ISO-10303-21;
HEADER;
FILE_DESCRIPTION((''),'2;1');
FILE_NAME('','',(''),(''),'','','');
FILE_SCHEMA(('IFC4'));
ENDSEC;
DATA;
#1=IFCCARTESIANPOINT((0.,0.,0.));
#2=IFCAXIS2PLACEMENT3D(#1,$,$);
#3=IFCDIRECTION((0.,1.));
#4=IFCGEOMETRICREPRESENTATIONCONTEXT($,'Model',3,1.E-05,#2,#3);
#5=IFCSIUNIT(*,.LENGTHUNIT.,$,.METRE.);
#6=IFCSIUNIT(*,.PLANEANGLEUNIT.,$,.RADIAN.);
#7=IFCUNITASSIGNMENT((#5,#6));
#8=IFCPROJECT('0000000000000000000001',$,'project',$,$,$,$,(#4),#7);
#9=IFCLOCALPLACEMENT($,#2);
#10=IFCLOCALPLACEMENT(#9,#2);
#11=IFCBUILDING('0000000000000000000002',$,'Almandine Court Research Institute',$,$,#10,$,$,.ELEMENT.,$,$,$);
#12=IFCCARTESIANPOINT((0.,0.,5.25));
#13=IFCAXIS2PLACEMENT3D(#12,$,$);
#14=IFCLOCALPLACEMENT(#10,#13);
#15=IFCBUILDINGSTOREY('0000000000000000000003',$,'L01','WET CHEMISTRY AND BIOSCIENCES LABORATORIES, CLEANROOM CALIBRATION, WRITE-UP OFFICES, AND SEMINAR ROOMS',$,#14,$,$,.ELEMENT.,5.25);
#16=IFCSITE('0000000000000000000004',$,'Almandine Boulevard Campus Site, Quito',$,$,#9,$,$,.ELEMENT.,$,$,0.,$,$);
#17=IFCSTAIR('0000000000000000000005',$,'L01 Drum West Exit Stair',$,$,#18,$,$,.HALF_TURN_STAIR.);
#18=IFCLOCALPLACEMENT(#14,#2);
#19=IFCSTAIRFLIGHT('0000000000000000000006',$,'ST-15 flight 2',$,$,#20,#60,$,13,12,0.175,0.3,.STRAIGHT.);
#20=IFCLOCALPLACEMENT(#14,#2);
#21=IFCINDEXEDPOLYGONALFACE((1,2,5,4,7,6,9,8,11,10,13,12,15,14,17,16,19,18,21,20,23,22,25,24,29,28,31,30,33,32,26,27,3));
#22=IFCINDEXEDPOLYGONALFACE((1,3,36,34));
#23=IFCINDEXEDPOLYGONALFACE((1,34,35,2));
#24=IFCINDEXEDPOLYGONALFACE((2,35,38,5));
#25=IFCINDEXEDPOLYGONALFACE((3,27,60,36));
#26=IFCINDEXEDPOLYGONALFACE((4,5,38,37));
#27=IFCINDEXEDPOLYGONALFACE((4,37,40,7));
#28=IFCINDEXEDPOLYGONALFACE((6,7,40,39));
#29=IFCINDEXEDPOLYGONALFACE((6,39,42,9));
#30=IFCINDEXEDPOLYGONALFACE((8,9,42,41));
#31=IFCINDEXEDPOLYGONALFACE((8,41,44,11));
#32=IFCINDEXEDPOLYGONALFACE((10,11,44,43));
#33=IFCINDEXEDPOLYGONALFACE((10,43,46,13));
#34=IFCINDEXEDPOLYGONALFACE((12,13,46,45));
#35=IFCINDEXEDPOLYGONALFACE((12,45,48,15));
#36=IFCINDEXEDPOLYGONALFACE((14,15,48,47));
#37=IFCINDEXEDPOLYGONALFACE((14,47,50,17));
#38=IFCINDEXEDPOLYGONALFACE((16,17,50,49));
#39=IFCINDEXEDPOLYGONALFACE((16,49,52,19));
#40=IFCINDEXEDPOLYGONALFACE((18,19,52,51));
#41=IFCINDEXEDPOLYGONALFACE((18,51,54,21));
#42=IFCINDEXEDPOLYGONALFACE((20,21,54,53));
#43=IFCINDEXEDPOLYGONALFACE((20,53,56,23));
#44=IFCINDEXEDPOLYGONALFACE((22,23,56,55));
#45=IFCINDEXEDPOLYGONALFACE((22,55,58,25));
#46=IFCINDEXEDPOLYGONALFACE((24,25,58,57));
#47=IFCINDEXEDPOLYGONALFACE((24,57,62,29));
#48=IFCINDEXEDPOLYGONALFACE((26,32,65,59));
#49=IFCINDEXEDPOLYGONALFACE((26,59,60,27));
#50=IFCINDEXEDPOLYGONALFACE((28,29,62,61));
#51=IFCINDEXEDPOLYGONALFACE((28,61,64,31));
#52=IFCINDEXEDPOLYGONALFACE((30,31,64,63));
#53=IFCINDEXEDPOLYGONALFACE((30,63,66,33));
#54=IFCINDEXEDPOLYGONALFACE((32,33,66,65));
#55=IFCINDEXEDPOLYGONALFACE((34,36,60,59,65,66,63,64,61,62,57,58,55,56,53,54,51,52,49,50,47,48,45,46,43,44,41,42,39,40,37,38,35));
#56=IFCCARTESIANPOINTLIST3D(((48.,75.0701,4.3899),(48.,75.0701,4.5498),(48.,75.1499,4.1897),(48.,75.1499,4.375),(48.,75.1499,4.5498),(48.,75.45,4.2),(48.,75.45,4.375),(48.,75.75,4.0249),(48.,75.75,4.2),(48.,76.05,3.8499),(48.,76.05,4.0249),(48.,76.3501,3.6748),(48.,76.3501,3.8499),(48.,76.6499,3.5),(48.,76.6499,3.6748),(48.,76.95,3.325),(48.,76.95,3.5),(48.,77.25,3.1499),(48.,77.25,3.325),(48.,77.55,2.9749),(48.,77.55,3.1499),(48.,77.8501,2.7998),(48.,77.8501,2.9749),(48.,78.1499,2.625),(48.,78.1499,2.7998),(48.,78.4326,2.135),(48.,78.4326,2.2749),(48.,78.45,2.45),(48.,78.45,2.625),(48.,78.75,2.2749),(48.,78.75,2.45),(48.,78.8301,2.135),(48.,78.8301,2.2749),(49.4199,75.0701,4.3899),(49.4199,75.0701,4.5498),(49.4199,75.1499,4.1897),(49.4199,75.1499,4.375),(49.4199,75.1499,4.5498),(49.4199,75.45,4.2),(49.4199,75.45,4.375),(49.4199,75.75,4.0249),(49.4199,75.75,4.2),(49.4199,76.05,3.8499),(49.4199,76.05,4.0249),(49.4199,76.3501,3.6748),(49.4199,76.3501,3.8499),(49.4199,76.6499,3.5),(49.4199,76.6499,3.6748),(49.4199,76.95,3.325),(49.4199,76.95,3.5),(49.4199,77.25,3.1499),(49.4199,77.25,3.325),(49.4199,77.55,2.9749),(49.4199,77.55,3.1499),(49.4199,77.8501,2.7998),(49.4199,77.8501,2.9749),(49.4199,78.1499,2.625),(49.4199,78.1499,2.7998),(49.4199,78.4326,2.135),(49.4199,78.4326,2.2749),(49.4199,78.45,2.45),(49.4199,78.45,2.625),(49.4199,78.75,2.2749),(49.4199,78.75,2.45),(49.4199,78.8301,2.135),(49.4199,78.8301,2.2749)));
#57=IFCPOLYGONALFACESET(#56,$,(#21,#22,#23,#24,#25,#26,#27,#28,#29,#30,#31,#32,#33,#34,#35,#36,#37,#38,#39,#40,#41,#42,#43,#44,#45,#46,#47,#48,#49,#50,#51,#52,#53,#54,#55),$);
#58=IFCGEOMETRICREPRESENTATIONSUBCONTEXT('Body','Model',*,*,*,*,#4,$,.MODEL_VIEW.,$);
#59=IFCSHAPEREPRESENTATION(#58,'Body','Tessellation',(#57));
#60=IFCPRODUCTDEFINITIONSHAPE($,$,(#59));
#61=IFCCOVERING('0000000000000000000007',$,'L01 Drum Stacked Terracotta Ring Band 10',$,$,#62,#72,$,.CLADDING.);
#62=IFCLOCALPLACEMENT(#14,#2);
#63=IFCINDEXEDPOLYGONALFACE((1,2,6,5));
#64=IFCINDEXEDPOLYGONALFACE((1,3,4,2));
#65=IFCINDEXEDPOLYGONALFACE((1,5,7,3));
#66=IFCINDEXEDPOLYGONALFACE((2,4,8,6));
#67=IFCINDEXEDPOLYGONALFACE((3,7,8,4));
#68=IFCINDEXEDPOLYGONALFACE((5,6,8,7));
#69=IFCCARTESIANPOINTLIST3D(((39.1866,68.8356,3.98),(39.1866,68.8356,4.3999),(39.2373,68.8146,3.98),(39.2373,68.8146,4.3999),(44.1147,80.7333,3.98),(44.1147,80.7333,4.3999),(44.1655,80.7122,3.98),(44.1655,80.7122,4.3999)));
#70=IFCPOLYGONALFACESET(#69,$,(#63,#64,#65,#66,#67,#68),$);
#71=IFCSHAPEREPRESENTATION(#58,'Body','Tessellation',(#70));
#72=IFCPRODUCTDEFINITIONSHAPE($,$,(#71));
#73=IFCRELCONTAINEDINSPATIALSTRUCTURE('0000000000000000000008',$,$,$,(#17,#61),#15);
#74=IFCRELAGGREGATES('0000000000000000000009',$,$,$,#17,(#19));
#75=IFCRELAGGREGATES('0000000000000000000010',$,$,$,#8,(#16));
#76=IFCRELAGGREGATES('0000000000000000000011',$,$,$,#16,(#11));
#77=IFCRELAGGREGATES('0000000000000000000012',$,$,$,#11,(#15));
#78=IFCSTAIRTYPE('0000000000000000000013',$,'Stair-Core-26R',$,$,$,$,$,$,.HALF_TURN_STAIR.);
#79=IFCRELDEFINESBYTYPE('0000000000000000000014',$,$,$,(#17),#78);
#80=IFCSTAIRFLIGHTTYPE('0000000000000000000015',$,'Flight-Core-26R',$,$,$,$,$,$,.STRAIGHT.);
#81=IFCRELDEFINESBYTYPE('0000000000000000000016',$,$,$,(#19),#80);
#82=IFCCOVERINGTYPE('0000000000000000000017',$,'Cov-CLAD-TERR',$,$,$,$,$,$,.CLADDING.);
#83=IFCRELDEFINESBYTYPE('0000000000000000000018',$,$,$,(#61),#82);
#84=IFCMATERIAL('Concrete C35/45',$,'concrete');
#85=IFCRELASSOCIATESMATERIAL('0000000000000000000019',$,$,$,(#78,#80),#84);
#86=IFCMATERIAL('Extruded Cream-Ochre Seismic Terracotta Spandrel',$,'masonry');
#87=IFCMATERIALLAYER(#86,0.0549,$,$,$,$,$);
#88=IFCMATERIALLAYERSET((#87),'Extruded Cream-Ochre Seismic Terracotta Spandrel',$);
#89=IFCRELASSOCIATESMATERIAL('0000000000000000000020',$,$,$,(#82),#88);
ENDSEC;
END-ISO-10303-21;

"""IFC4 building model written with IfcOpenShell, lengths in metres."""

from ifc_helpers import new_model, si_unit, direction, frame, origin, origin_2d, place, context, subcontext, project, spatial, polyline, rectangle, outline, extrude, material, layer, layer_set, type_object, element, aggregate, save


model = new_model("IFC4")

# Units and contexts
model_context = context("Model", 3, precision=1e-05, world=origin(), true_north=direction((0.0, 1.0)))
body_context = subcontext(model_context, "Body", "Model", "MODEL_VIEW")
ifc_project = project(units=[si_unit("LENGTHUNIT", "METRE"), si_unit("PLANEANGLEUNIT", "RADIAN")], contexts=[model_context])

# Site, building, storey
site_placement = place(None, origin())
site = spatial("IfcSite", under=ifc_project, at=site_placement, Name="Almandine Boulevard Campus Site, Quito", CompositionType="ELEMENT", RefElevation=0.0)
building_placement = place(site_placement, origin())
building = spatial("IfcBuilding", under=site, at=building_placement, Name="Almandine Court Research Institute", CompositionType="ELEMENT")
storey_placement = place(building_placement, frame((0.0, 0.0, 5.25)))
storey = spatial("IfcBuildingStorey", under=building, at=storey_placement, Name="L01", Description="WET CHEMISTRY AND BIOSCIENCES LABORATORIES, CLEANROOM CALIBRATION, WRITE-UP OFFICES, AND SEMINAR ROOMS", CompositionType="ELEMENT", Elevation=5.25)

# Stair, stair flight
ifc_material_1 = material(Name="Concrete C35/45", Category="concrete")
stair_type = type_object("IfcStairType", Name="Stair-Core-26R", PredefinedType="HALF_TURN_STAIR", material=ifc_material_1)
stair_placement = place(storey_placement, origin())
stair = element("IfcStair", 1, at=stair_placement, inside=storey, type_object=stair_type, Name="L01 Drum West Exit Stair", PredefinedType="HALF_TURN_STAIR")
stair_flight_type = type_object("IfcStairFlightType", Name="Flight-Core-26R", PredefinedType="STRAIGHT", material=ifc_material_1)
stair_flight_placement = place(storey_placement, frame((48.71, 78.75, 2.2749), z_axis=(0.0, 0.0, 1.0), x_axis=(0.0, -1.0, 0.0)))
stair_flight = element("IfcStairFlight", 2, at=stair_flight_placement, type_object=stair_flight_type, Name="ST-15 flight 2", NumberOfRisers=13, NumberOfTreads=12, PredefinedType="STRAIGHT", RiserHeight=0.175, TreadLength=0.3, context=body_context, shape_type="SweptSolid", body=[
    extrude(outline(polyline([(-0.0801, -0.1399), (-0.0801, 0.0), (0.0, 0.0), (0.0, 0.175), (0.3, 0.175), (0.3, 0.3501), (0.6001, 0.3501), (0.6001, 0.5249), (0.8999, 0.5249), (0.8999, 0.7), (1.2, 0.7), (1.2, 0.875), (1.5, 0.875), (1.5, 1.05), (1.8, 1.05), (1.8, 1.2251), (2.1001, 1.2251), (2.1001, 1.3999), (2.3999, 1.3999), (2.3999, 1.575), (2.7, 1.575), (2.7, 1.75), (3.0, 1.75), (3.0, 1.925), (3.3, 1.925), (3.3, 2.1001), (3.6001, 2.1001), (3.6001, 2.2749), (3.6799, 2.2749), (3.6799, 2.115), (3.6001, 1.9148), (0.3174, 0.0), (0.3174, -0.1399), (-0.0801, -0.1399)])), frame((0.0, 0.71, 0.0), z_axis=(0.0, -1.0, 0.0), x_axis=(1.0, 0.0, 0.0)), (0.0, 0.0, 1.0), 1.4199),
])
aggregate(stair, [stair_flight])

# Covering
ifc_material_2 = material(Name="Extruded Cream-Ochre Seismic Terracotta Spandrel", Category="masonry")
ifc_layer_1 = layer(ifc_material_2, 0.0549)
ifc_layer_set_1 = layer_set([ifc_layer_1], Name="Extruded Cream-Ochre Seismic Terracotta Spandrel")
covering_type = type_object("IfcCoveringType", Name="Cov-CLAD-TERR", PredefinedType="CLADDING", material=ifc_layer_set_1)
covering_placement = place(storey_placement, frame((41.676, 74.7739, 3.98), z_axis=(0.0, 0.0, 1.0), x_axis=(0.382683, 0.92388, 0.0)))
element("IfcCovering", 3, at=covering_placement, inside=storey, type_object=covering_type, Name="L01 Drum Stacked Terracotta Ring Band 10", PredefinedType="CLADDING", context=body_context, shape_type="SweptSolid", body=[
    extrude(rectangle(XDim=12.8779, YDim=0.0549, at=origin_2d()), origin(), (0.0, 0.0, 1.0), 0.4199),
])

save(model, "model.ifc")
